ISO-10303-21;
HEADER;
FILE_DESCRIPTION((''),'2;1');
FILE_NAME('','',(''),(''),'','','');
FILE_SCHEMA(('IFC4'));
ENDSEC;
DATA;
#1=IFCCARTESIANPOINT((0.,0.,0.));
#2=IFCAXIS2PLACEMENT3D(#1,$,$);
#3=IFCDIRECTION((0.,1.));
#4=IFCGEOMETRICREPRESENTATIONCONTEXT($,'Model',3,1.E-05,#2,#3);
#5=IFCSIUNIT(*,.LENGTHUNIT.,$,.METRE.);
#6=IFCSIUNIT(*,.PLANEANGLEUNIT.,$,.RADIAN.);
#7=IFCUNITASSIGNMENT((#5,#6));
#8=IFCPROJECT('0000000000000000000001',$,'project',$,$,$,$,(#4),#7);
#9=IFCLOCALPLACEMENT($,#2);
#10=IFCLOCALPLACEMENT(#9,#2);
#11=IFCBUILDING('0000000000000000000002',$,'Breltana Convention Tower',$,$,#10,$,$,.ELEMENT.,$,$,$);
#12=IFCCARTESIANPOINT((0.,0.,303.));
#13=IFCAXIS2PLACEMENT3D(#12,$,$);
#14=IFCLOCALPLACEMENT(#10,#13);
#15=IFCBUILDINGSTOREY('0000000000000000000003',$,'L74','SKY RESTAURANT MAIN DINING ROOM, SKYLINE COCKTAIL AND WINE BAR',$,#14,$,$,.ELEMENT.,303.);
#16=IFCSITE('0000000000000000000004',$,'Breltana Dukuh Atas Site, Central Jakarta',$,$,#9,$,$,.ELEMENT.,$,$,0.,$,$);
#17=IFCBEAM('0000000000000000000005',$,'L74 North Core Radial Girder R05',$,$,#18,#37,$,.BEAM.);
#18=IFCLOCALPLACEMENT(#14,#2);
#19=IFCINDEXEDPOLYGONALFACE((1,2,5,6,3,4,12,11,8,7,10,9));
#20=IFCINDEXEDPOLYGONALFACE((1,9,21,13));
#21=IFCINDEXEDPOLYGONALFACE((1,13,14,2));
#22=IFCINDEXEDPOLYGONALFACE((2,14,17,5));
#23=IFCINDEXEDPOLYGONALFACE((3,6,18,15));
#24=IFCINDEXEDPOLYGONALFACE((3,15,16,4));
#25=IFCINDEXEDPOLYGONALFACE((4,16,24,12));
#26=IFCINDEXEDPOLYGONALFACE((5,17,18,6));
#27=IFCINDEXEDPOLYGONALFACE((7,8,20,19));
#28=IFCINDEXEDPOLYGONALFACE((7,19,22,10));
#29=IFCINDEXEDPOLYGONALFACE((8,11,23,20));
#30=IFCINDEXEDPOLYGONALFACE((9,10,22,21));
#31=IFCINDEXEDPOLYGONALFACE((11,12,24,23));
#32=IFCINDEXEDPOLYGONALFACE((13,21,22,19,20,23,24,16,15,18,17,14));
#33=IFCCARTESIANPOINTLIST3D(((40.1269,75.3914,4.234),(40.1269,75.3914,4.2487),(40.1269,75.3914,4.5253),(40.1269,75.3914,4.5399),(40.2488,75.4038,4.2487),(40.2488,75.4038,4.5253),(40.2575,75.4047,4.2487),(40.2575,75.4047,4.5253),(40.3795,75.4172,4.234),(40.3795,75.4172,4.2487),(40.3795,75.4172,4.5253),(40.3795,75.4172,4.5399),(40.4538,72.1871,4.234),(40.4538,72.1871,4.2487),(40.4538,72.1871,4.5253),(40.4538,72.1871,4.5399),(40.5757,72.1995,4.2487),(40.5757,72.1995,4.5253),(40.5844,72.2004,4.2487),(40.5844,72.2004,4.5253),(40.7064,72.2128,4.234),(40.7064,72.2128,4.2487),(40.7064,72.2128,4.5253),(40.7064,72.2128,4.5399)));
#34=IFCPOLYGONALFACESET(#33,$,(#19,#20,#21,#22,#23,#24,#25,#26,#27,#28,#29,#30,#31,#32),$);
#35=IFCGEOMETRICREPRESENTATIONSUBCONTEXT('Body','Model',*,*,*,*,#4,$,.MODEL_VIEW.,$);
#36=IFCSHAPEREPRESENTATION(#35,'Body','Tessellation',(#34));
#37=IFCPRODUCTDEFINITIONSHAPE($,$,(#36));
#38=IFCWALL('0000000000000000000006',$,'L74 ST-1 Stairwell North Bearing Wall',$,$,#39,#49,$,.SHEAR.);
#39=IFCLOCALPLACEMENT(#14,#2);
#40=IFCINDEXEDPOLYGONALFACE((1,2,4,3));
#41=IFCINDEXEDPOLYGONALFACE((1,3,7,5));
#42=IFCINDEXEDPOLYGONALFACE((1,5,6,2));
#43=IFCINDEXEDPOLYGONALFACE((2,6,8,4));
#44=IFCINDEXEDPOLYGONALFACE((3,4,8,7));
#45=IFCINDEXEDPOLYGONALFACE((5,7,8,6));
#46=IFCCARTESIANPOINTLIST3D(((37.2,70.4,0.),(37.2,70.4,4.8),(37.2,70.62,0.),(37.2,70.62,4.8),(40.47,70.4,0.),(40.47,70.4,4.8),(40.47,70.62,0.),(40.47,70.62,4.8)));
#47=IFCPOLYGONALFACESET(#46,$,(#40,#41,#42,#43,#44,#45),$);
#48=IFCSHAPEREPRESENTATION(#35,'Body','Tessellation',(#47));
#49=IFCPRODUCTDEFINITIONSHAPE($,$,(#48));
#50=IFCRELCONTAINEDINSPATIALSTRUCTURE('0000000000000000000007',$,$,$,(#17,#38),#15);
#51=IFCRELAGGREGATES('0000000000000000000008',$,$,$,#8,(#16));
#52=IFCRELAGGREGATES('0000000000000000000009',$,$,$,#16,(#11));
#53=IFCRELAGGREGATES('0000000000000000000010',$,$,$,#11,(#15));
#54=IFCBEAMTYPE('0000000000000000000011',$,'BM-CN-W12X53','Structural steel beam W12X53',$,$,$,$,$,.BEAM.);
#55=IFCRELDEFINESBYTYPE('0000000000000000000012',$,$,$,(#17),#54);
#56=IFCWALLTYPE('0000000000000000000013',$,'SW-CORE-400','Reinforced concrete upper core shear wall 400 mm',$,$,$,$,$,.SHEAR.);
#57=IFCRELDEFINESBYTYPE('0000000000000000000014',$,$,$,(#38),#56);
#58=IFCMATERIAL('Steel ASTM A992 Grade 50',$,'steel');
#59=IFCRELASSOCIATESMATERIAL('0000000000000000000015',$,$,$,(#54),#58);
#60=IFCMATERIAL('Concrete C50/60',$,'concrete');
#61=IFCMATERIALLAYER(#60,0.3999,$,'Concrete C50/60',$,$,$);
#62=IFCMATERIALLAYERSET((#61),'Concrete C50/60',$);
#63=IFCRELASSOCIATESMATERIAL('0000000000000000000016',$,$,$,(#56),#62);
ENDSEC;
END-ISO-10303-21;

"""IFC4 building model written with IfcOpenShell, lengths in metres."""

from ifc_helpers import new_model, si_unit, direction, frame, frame_2d, origin, origin_2d, place, context, subcontext, project, spatial, rectangle, i_section, extrude, source, transform, mapped, material, layer, layer_set, material_profile, profile_set, type_object, element, save


model = new_model("IFC4")

# Units and contexts
model_context = context("Model", 3, precision=1e-05, world=origin(), true_north=direction((0.0, 1.0)))
body_context = subcontext(model_context, "Body", "Model", "MODEL_VIEW")
ifc_project = project(units=[si_unit("LENGTHUNIT", "METRE"), si_unit("PLANEANGLEUNIT", "RADIAN")], contexts=[model_context])

# Site, building, storey
site_placement = place(None, origin())
site = spatial("IfcSite", under=ifc_project, at=site_placement, Name="Breltana Dukuh Atas Site, Central Jakarta", CompositionType="ELEMENT", RefElevation=0.0)
building_placement = place(site_placement, origin())
building = spatial("IfcBuilding", under=site, at=building_placement, Name="Breltana Convention Tower", CompositionType="ELEMENT")
storey_placement = place(building_placement, frame((0.0, 0.0, 303.0)))
storey = spatial("IfcBuildingStorey", under=building, at=storey_placement, Name="L74", Description="SKY RESTAURANT MAIN DINING ROOM, SKYLINE COCKTAIL AND WINE BAR", CompositionType="ELEMENT", Elevation=303.0)

# Beam
ifc_material_1 = material(Name="Steel ASTM A992 Grade 50", Category="steel")
ifc_material_profile = material_profile(ifc_material_1, i_section(OverallWidth=0.2539, OverallDepth=0.3059, WebThickness=0.0088, FlangeThickness=0.0146, at=origin_2d()), Name="W12X53")
ifc_profile_set = profile_set([ifc_material_profile], Name="Steel ASTM A992 Grade 50")
beam_type = type_object("IfcBeamType", Name="BM-CN-W12X53", Description="Structural steel beam W12X53", PredefinedType="BEAM", material=ifc_profile_set)
shared_shape_1 = source(origin(), body_context, "Body", "SweptSolid", [
    extrude(i_section(OverallWidth=0.2539, OverallDepth=0.3059, WebThickness=0.0088, FlangeThickness=0.0146, at=origin_2d()), origin(), (0.0, 0.0, 1.0), 3.2209),
])
beam_placement = place(storey_placement, frame((40.5801, 72.2, 4.387), z_axis=(-0.101492, 0.994836, 0.0), x_axis=(-0.994836, -0.101492, 0.0)))
element("IfcBeam", 1, at=beam_placement, inside=storey, type_object=beam_type, Name="L74 North Core Radial Girder R05", PredefinedType="BEAM", context=body_context, shape_type="MappedRepresentation", body=[
    mapped(shared_shape_1, transform((0.0, 0.0, 0.0), scale=1.0)),
])

# Wall
ifc_material_2 = material(Name="Concrete C50/60", Category="concrete")
ifc_layer_1 = layer(ifc_material_2, 0.3999, Name="Concrete C50/60")
ifc_layer_set_1 = layer_set([ifc_layer_1], Name="Concrete C50/60")
wall_type_1 = type_object("IfcWallType", Name="SW-CORE-400", Description="Reinforced concrete upper core shear wall 400 mm", PredefinedType="SHEAR", material=ifc_layer_set_1)
shared_shape_2 = source(origin(), body_context, "Body", "SweptSolid", [
    extrude(rectangle(XDim=3.27, YDim=0.22, at=frame_2d((1.635, 0.0))), origin(), (0.0, 0.0, 1.0), 4.8),
])
wall_1_placement = place(storey_placement, frame((37.2, 70.51, 0.0), z_axis=(0.0, 0.0, 1.0), x_axis=(1.0, 0.0, 0.0)))
element("IfcWall", 2, at=wall_1_placement, inside=storey, type_object=wall_type_1, Name="L74 ST-1 Stairwell North Bearing Wall", PredefinedType="SHEAR", context=body_context, shape_type="MappedRepresentation", body=[
    mapped(shared_shape_2, transform((0.0, 0.0, 0.0), scale=1.0)),
])

save(model, "model.ifc")
